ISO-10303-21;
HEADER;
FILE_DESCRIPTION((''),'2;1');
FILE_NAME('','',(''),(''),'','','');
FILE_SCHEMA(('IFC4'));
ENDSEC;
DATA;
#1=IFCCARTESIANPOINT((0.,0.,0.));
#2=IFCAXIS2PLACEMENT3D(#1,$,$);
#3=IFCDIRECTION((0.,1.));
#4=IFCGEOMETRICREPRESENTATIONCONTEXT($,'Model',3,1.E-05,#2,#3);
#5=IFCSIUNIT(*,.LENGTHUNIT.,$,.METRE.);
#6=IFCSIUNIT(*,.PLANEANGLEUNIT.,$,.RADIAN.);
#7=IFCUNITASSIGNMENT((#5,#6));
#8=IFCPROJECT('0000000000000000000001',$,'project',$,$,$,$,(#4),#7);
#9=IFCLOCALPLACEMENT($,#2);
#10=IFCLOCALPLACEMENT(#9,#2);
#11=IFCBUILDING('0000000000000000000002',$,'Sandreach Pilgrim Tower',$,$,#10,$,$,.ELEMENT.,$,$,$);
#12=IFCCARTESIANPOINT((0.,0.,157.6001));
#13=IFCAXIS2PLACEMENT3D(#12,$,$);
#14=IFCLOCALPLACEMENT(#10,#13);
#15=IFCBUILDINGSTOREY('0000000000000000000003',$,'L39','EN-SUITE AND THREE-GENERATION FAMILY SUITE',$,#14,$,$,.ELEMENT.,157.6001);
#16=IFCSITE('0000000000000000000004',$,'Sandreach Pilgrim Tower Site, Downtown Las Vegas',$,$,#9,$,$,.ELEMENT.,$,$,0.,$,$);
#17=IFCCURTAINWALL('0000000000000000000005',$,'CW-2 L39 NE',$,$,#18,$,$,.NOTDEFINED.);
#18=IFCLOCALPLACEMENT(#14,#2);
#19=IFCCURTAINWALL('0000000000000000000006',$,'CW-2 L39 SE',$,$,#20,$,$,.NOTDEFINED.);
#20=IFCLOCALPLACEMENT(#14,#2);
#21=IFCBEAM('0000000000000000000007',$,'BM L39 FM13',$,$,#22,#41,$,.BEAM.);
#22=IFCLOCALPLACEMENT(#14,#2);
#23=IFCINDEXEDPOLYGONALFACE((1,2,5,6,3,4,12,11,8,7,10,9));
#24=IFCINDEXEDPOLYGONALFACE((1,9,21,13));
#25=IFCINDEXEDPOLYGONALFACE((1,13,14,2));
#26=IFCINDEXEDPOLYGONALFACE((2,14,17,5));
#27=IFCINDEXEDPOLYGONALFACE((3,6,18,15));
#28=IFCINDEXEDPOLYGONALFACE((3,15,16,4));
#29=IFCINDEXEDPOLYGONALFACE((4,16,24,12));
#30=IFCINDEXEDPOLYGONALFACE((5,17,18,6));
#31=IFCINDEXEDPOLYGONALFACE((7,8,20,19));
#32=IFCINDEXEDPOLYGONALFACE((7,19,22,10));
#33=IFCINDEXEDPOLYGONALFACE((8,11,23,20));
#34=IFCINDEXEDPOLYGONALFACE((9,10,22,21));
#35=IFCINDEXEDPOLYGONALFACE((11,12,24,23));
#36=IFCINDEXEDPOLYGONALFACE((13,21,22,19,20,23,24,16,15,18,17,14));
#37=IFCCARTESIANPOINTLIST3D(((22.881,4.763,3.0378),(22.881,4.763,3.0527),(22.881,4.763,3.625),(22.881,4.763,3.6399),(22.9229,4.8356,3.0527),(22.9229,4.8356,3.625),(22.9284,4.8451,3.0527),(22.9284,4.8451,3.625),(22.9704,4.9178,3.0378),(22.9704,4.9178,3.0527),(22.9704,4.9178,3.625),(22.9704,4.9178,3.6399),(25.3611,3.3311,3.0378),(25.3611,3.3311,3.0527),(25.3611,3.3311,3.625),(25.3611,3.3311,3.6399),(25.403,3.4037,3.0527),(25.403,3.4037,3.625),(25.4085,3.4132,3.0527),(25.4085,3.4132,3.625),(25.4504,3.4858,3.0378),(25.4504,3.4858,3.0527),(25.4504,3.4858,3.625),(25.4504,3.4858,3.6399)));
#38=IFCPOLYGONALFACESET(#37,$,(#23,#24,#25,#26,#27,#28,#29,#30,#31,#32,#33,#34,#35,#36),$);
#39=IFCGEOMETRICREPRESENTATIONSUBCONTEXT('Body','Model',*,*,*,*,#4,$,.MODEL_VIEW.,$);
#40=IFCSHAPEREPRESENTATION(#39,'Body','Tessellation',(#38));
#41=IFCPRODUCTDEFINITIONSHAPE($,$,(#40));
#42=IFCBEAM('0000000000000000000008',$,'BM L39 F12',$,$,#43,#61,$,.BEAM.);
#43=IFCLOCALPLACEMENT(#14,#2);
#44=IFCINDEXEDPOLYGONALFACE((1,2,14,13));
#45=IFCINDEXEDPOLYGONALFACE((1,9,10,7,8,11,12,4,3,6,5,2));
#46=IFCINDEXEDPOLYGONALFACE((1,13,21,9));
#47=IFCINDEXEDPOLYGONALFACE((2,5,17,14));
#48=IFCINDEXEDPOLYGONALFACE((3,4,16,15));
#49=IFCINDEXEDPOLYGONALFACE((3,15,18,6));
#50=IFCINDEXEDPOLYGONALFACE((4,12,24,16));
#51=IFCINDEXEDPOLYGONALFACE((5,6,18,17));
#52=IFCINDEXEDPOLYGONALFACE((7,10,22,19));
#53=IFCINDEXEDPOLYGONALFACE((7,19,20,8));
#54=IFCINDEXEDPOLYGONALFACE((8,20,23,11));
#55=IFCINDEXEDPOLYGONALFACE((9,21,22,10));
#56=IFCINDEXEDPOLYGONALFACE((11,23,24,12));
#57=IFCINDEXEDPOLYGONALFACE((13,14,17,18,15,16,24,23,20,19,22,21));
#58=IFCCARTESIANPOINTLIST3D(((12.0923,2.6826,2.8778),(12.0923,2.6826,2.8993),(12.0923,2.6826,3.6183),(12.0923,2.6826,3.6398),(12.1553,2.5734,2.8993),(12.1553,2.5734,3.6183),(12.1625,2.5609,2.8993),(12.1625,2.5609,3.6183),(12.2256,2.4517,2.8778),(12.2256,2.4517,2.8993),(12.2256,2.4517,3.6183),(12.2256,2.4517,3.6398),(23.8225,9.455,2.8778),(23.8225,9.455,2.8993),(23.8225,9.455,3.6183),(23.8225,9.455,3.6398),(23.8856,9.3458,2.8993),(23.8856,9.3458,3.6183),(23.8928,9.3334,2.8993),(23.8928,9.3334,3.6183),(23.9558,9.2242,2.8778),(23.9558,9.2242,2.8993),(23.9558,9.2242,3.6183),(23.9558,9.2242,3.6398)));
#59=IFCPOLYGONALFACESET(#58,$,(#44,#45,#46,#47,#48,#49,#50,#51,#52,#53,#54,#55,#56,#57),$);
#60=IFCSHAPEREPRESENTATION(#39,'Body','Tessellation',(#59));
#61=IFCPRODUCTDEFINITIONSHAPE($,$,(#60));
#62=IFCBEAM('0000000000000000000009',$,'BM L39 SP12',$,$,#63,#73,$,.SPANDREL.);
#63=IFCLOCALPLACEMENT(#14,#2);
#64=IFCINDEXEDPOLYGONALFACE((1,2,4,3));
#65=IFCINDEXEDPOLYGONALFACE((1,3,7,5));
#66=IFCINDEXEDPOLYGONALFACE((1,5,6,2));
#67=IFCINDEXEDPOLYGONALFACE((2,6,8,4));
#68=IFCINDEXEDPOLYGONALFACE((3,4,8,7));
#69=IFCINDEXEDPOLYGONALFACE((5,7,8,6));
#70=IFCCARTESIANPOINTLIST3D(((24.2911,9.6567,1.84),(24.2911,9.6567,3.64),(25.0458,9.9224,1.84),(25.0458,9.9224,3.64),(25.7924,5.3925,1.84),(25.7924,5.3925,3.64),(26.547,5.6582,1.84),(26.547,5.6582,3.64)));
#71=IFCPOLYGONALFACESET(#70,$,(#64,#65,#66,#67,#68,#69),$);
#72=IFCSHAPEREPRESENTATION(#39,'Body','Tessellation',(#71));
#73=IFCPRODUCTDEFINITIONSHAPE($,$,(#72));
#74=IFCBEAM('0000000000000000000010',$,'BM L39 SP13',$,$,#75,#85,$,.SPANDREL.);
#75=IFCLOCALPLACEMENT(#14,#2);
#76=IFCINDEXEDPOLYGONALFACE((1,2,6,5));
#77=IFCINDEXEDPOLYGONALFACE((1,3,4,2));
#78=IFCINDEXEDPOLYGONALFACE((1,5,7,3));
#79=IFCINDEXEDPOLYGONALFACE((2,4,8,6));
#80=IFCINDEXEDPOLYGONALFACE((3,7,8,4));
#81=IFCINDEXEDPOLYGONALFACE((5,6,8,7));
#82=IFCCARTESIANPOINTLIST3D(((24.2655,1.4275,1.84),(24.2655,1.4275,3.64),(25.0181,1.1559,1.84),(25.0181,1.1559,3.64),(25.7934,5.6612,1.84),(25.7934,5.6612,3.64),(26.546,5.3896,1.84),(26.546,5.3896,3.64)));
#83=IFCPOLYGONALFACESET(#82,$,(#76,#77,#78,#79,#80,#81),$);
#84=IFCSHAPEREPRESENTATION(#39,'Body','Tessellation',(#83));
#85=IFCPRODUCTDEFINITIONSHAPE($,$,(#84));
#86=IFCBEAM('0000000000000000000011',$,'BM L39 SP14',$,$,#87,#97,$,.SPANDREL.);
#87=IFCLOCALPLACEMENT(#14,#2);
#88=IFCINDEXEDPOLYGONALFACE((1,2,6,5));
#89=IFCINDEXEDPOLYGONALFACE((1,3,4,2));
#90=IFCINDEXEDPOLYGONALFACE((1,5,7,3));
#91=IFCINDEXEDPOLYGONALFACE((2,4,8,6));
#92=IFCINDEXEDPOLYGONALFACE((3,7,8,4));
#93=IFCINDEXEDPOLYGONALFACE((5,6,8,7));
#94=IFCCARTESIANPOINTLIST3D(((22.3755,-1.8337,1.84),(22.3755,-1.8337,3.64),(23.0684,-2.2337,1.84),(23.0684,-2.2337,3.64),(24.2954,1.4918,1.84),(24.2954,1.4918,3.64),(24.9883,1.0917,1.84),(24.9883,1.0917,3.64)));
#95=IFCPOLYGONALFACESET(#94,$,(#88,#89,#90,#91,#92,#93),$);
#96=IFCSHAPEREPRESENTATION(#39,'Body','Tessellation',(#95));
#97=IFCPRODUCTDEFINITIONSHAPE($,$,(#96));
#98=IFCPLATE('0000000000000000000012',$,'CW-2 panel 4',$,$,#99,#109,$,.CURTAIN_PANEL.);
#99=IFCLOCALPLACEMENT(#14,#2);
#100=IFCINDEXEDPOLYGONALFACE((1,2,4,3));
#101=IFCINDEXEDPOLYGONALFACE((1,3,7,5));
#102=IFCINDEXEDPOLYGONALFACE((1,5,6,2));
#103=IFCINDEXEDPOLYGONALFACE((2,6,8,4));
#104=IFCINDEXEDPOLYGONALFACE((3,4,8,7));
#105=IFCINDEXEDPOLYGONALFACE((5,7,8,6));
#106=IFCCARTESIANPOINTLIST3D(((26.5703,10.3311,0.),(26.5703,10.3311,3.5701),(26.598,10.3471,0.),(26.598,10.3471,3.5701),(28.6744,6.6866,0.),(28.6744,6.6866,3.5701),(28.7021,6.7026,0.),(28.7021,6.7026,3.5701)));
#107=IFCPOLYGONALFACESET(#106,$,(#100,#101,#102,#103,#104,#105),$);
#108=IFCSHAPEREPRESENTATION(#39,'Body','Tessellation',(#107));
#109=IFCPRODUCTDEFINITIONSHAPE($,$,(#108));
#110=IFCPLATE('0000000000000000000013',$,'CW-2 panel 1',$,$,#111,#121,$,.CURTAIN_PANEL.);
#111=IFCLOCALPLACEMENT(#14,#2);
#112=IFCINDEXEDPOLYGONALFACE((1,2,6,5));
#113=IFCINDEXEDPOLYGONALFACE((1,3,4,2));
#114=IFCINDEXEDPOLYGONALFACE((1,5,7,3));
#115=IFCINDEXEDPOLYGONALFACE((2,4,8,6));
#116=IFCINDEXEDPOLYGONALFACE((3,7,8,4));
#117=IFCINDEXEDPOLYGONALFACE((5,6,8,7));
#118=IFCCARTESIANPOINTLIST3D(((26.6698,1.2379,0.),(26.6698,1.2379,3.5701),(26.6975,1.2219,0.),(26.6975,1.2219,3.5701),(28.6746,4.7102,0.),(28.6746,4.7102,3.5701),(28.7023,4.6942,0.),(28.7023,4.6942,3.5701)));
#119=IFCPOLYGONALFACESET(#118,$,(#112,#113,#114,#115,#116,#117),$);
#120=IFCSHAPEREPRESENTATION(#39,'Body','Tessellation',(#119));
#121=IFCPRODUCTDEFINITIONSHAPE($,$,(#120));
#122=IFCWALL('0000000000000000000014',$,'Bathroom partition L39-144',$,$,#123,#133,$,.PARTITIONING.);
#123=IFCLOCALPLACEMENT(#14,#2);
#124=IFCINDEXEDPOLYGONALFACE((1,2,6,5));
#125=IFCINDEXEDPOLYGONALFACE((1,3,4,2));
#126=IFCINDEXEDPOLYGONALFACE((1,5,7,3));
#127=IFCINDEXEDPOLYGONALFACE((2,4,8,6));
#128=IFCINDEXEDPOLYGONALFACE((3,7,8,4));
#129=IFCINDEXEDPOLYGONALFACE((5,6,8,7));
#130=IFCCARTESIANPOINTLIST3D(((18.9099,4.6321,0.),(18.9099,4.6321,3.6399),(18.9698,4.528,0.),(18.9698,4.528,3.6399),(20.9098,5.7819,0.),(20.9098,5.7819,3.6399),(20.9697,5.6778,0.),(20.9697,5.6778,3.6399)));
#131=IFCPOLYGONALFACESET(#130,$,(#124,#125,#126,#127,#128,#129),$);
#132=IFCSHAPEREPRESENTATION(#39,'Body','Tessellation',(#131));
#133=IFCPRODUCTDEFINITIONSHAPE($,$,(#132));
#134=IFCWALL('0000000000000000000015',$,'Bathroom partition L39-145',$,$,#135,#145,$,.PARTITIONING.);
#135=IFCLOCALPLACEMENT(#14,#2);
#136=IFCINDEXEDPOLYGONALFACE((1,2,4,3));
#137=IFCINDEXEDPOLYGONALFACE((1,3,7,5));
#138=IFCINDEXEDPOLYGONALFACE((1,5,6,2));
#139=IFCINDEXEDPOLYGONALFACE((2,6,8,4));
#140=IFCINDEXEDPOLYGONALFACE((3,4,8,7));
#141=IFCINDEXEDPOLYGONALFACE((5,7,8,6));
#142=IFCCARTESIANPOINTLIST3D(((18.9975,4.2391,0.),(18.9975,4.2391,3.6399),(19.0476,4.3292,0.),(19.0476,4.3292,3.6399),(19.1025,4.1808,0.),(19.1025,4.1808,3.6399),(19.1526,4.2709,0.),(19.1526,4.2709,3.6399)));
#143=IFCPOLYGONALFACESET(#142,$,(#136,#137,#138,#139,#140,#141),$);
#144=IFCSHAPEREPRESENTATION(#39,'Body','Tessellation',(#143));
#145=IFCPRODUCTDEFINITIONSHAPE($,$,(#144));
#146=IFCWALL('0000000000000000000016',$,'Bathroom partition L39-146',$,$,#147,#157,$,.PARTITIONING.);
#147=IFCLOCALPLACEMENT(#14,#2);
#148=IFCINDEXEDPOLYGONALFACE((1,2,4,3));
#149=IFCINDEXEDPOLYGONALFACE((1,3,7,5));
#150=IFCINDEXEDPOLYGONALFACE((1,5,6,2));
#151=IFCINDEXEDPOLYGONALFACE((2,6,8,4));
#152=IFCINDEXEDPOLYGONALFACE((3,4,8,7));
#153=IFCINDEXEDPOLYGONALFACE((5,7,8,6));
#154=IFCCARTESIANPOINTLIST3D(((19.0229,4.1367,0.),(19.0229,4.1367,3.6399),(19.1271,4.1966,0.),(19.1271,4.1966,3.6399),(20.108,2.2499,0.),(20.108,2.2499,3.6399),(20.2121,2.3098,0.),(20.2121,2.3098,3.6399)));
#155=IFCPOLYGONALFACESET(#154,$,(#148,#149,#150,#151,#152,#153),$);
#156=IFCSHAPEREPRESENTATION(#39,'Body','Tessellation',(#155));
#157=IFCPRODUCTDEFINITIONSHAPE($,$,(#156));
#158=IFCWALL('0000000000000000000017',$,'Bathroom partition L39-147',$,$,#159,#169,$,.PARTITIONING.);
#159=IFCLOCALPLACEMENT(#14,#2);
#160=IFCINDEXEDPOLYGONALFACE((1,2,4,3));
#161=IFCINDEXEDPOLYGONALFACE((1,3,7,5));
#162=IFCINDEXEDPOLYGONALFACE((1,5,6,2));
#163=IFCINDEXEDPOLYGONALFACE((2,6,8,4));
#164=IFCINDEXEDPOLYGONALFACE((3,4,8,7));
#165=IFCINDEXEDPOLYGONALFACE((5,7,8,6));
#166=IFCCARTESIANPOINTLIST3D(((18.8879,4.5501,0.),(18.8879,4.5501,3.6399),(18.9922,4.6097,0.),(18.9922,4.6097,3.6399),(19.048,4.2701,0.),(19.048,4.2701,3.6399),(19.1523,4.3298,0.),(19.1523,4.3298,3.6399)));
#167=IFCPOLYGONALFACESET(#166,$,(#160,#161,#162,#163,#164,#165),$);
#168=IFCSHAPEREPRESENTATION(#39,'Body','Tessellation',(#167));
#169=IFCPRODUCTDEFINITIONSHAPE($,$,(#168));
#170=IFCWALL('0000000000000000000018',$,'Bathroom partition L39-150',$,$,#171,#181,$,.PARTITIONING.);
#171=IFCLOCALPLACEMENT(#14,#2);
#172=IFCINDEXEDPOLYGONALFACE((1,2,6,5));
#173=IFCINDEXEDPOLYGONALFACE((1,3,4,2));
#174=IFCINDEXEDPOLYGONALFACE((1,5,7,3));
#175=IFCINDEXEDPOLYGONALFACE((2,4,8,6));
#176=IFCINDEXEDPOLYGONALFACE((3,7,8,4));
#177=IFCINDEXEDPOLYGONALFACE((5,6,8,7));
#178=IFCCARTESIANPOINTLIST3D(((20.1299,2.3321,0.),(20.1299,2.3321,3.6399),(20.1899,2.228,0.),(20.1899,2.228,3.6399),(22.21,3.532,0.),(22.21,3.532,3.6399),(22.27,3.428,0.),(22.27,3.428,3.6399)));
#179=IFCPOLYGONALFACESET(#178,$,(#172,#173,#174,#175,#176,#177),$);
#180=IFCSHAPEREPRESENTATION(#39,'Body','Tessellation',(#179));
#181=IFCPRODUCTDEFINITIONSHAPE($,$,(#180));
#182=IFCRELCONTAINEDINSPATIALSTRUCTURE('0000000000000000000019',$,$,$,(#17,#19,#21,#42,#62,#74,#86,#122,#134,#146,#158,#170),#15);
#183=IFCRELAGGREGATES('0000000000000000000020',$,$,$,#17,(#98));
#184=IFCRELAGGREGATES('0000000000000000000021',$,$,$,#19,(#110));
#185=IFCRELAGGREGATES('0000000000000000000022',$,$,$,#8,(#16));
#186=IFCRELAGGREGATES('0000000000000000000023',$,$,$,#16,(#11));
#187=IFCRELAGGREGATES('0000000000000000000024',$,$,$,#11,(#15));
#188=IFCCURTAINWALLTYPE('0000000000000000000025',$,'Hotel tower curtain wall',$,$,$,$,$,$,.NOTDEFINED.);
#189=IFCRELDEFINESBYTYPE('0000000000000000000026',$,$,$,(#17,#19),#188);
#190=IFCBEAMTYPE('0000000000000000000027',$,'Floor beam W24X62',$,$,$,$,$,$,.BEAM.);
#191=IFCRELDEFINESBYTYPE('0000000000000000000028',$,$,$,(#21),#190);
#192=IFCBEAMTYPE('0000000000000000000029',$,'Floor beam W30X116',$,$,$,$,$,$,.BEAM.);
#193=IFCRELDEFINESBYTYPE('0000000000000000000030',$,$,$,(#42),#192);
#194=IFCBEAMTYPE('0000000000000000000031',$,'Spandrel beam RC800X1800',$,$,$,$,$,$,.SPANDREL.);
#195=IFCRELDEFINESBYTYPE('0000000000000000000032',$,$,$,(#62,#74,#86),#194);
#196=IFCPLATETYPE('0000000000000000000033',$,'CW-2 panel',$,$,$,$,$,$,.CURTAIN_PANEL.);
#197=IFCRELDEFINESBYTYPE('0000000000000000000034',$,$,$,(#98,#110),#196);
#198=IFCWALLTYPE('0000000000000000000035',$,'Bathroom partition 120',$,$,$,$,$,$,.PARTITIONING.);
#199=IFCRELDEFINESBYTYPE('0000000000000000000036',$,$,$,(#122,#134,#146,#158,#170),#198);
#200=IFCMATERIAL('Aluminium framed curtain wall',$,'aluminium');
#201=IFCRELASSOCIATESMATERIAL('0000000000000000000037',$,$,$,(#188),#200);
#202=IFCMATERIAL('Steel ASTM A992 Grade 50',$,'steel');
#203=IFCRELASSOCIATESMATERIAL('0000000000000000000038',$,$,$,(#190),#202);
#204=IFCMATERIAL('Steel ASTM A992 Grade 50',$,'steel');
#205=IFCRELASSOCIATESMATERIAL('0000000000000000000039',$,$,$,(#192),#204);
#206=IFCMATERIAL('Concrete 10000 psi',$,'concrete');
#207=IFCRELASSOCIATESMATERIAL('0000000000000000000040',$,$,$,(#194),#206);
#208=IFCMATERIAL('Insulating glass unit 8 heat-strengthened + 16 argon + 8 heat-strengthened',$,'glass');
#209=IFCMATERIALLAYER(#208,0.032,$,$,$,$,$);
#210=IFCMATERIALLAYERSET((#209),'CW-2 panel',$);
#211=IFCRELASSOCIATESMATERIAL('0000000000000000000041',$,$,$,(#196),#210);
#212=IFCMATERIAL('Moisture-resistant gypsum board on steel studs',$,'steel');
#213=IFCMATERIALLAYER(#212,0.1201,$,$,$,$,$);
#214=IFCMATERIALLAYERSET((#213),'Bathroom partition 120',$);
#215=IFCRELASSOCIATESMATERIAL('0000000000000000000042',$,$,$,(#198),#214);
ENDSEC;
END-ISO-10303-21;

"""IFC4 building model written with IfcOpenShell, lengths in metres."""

from ifc_helpers import new_model, si_unit, direction, frame, frame_2d, origin, origin_2d, place, context, subcontext, project, spatial, rectangle, i_section, extrude, material, layer, layer_set, material_profile, profile_set, type_object, element, aggregate, save


model = new_model("IFC4")

# Units and contexts
model_context = context("Model", 3, precision=1e-05, world=origin(), true_north=direction((0.0, 1.0)))
body_context = subcontext(model_context, "Body", "Model", "MODEL_VIEW")
ifc_project = project(units=[si_unit("LENGTHUNIT", "METRE"), si_unit("PLANEANGLEUNIT", "RADIAN")], contexts=[model_context])

# Site, building, storey
site_placement = place(None, origin())
site = spatial("IfcSite", under=ifc_project, at=site_placement, Name="Sandreach Pilgrim Tower Site, Downtown Las Vegas", CompositionType="ELEMENT", RefElevation=0.0)
building_placement = place(site_placement, origin())
building = spatial("IfcBuilding", under=site, at=building_placement, Name="Sandreach Pilgrim Tower", CompositionType="ELEMENT")
storey_placement = place(building_placement, frame((0.0, 0.0, 157.6001)))
storey = spatial("IfcBuildingStorey", under=building, at=storey_placement, Name="L39", Description="EN-SUITE AND THREE-GENERATION FAMILY SUITE", CompositionType="ELEMENT", Elevation=157.6001)

# Curtain wall
ifc_material_1 = material(Name="Aluminium framed curtain wall", Category="aluminium")
curtain_wall_type = type_object("IfcCurtainWallType", Name="Hotel tower curtain wall", PredefinedType="NOTDEFINED", material=ifc_material_1)
curtain_wall_1_placement = place(storey_placement, origin())
curtain_wall_1 = element("IfcCurtainWall", 1, at=curtain_wall_1_placement, inside=storey, type_object=curtain_wall_type, Name="CW-2 L39 NE", PredefinedType="NOTDEFINED")

# Curtain wall
curtain_wall_2_placement = place(storey_placement, origin())
curtain_wall_2 = element("IfcCurtainWall", 2, at=curtain_wall_2_placement, inside=storey, type_object=curtain_wall_type, Name="CW-2 L39 SE", PredefinedType="NOTDEFINED")

# Beams
ifc_material_2 = material(Name="Steel ASTM A992 Grade 50", Category="steel")
ifc_material_profile_1 = material_profile(ifc_material_2, i_section(OverallWidth=0.1787, OverallDepth=0.6021, WebThickness=0.011, FlangeThickness=0.0149, at=origin_2d()), Name="W24X62")
ifc_profile_set_1 = profile_set([ifc_material_profile_1], Name="Steel ASTM A992 Grade 50")
beam_type_1 = type_object("IfcBeamType", Name="Floor beam W24X62", PredefinedType="BEAM", material=ifc_profile_set_1)
beam_1_placement = place(storey_placement, frame((25.4058, 3.4084, 3.3389), z_axis=(-0.866015, 0.500018, 0.0), x_axis=(-0.500018, -0.866015, 0.0)))
element("IfcBeam", 3, at=beam_1_placement, inside=storey, type_object=beam_type_1, Name="BM L39 FM13", PredefinedType="BEAM", context=body_context, shape_type="SweptSolid", body=[
    extrude(i_section(OverallWidth=0.1787, OverallDepth=0.6021, WebThickness=0.011, FlangeThickness=0.0149, at=origin_2d()), origin(), (0.0, 0.0, 1.0), 2.8638),
])
ifc_material_3 = material(Name="Steel ASTM A992 Grade 50", Category="steel")
ifc_material_profile_2 = material_profile(ifc_material_3, i_section(OverallWidth=0.2666, OverallDepth=0.762, WebThickness=0.0144, FlangeThickness=0.0215, at=origin_2d()), Name="W30X116")
ifc_profile_set_2 = profile_set([ifc_material_profile_2], Name="Steel ASTM A992 Grade 50")
beam_type_2 = type_object("IfcBeamType", Name="Floor beam W30X116", PredefinedType="BEAM", material=ifc_profile_set_2)
beam_2_placement = place(storey_placement, frame((23.8892, 9.3396, 3.2588), z_axis=(-0.866025, -0.500001, 0.0), x_axis=(0.500001, -0.866025, 0.0)))
element("IfcBeam", 4, at=beam_2_placement, inside=storey, type_object=beam_type_2, Name="BM L39 F12", PredefinedType="BEAM", context=body_context, shape_type="SweptSolid", body=[
    extrude(i_section(OverallWidth=0.2666, OverallDepth=0.762, WebThickness=0.0144, FlangeThickness=0.0215, at=origin_2d()), origin(), (0.0, 0.0, 1.0), 13.5449),
])
ifc_material_4 = material(Name="Concrete 10000 psi", Category="concrete")
ifc_material_profile_3 = material_profile(ifc_material_4, rectangle(XDim=0.8, YDim=1.8, at=origin_2d()), Name="RC800X1800")
ifc_profile_set_3 = profile_set([ifc_material_profile_3], Name="Concrete 10000 psi")
beam_type_3 = type_object("IfcBeamType", Name="Spandrel beam RC800X1800", PredefinedType="SPANDREL", material=ifc_profile_set_3)
beam_3_placement = place(storey_placement, frame((24.6685, 9.7896, 2.74), z_axis=(0.332077, -0.943252, 0.0), x_axis=(0.943252, 0.332077, 0.0)))
element("IfcBeam", 5, at=beam_3_placement, inside=storey, type_object=beam_type_3, Name="BM L39 SP12", PredefinedType="SPANDREL", context=body_context, shape_type="SweptSolid", body=[
    extrude(rectangle(XDim=0.8, YDim=1.8, at=origin_2d()), origin(), (0.0, 0.0, 1.0), 4.5208),
])
beam_4_placement = place(storey_placement, frame((26.1697, 5.5254, 2.74), z_axis=(-0.339451, -0.940624, 0.0), x_axis=(0.940624, -0.339451, 0.0)))
element("IfcBeam", 6, at=beam_4_placement, inside=storey, type_object=beam_type_3, Name="BM L39 SP13", PredefinedType="SPANDREL", context=body_context, shape_type="SweptSolid", body=[
    extrude(rectangle(XDim=0.8, YDim=1.8, at=origin_2d()), origin(), (0.0, 0.0, 1.0), 4.501),
])
beam_5_placement = place(storey_placement, frame((24.6418, 1.2917, 2.74), z_axis=(-0.499996, -0.866028, 0.0), x_axis=(0.866028, -0.499996, 0.0)))
element("IfcBeam", 7, at=beam_5_placement, inside=storey, type_object=beam_type_3, Name="BM L39 SP14", PredefinedType="SPANDREL", context=body_context, shape_type="SweptSolid", body=[
    extrude(rectangle(XDim=0.8, YDim=1.8, at=origin_2d()), origin(), (0.0, 0.0, 1.0), 3.8398),
])

# Plates
ifc_material_5 = material(Name="Insulating glass unit 8 heat-strengthened + 16 argon + 8 heat-strengthened", Category="glass")
ifc_layer_1 = layer(ifc_material_5, 0.032)
ifc_layer_set_1 = layer_set([ifc_layer_1], Name="CW-2 panel")
plate_type = type_object("IfcPlateType", Name="CW-2 panel", PredefinedType="CURTAIN_PANEL", material=ifc_layer_set_1)
plate_1_placement = place(storey_placement, frame((27.6362, 8.5168, 0.0), z_axis=(0.0, 0.0, 1.0), x_axis=(0.5, -0.866025, 0.0)))
plate_1 = element("IfcPlate", 8, at=plate_1_placement, type_object=plate_type, Name="CW-2 panel 4", PredefinedType="CURTAIN_PANEL", context=body_context, shape_type="SweptSolid", body=[
    extrude(rectangle(XDim=4.2083, YDim=0.032, at=origin_2d()), origin(), (0.0, 0.0, 1.0), 3.5701),
])
aggregate(curtain_wall_1, [plate_1])
plate_2_placement = place(storey_placement, frame((27.686, 2.9661, 0.0), z_axis=(0.0, 0.0, 1.0), x_axis=(-0.5, -0.866025, 0.0)))
plate_2 = element("IfcPlate", 9, at=plate_2_placement, type_object=plate_type, Name="CW-2 panel 1", PredefinedType="CURTAIN_PANEL", context=body_context, shape_type="SweptSolid", body=[
    extrude(rectangle(XDim=4.0095, YDim=0.032, at=origin_2d()), origin(), (0.0, 0.0, 1.0), 3.5701),
])
aggregate(curtain_wall_2, [plate_2])

# Walls
ifc_material_6 = material(Name="Moisture-resistant gypsum board on steel studs", Category="steel")
ifc_layer_2 = layer(ifc_material_6, 0.1201)
ifc_layer_set_2 = layer_set([ifc_layer_2], Name="Bathroom partition 120")
wall_type_1 = type_object("IfcWallType", Name="Bathroom partition 120", PredefinedType="PARTITIONING", material=ifc_layer_set_2)
wall_1_placement = place(storey_placement, frame((18.9399, 4.5801, 0.0), z_axis=(0.0, 0.0, 1.0), x_axis=(0.866925, 0.498439, 0.0)))
element("IfcWall", 10, at=wall_1_placement, inside=storey, type_object=wall_type_1, Name="Bathroom partition L39-144", PredefinedType="PARTITIONING", context=body_context, shape_type="SweptSolid", body=[
    extrude(rectangle(XDim=2.3069, YDim=0.1201, at=frame_2d((1.1533, 0.0))), origin(), (0.0, 0.0, 1.0), 3.6399),
])
wall_2_placement = place(storey_placement, frame((19.05, 4.21, 0.0), z_axis=(0.0, 0.0, 1.0), x_axis=(0.485643, 0.874157, 0.0)))
element("IfcWall", 11, at=wall_2_placement, inside=storey, type_object=wall_type_1, Name="Bathroom partition L39-145", PredefinedType="PARTITIONING", context=body_context, shape_type="SweptSolid", body=[
    extrude(rectangle(XDim=0.103, YDim=0.1201, at=frame_2d((0.0515, 0.0))), origin(), (0.0, 0.0, 1.0), 3.6399),
])
wall_3_placement = place(storey_placement, frame((19.075, 4.1667, 0.0), z_axis=(0.0, 0.0, 1.0), x_axis=(0.498505, -0.866887, 0.0)))
element("IfcWall", 12, at=wall_3_placement, inside=storey, type_object=wall_type_1, Name="Bathroom partition L39-146", PredefinedType="PARTITIONING", context=body_context, shape_type="SweptSolid", body=[
    extrude(rectangle(XDim=2.1765, YDim=0.1201, at=frame_2d((1.0884, 0.0))), origin(), (0.0, 0.0, 1.0), 3.6399),
])
wall_4_placement = place(storey_placement, frame((19.1001, 4.3, 0.0), z_axis=(0.0, 0.0, 1.0), x_axis=(-0.496465, 0.868057, 0.0)))
element("IfcWall", 13, at=wall_4_placement, inside=storey, type_object=wall_type_1, Name="Bathroom partition L39-147", PredefinedType="PARTITIONING", context=body_context, shape_type="SweptSolid", body=[
    extrude(rectangle(XDim=0.3225, YDim=0.1201, at=frame_2d((0.1611, 0.0))), origin(), (0.0, 0.0, 1.0), 3.6399),
])
wall_5_placement = place(storey_placement, frame((20.1599, 2.28, 0.0), z_axis=(0.0, 0.0, 1.0), x_axis=(0.866203, 0.499693, 0.0)))
element("IfcWall", 14, at=wall_5_placement, inside=storey, type_object=wall_type_1, Name="Bathroom partition L39-150", PredefinedType="PARTITIONING", context=body_context, shape_type="SweptSolid", body=[
    extrude(rectangle(XDim=2.4014, YDim=0.1201, at=frame_2d((1.2007, 0.0))), origin(), (0.0, 0.0, 1.0), 3.6399),
])

save(model, "model.ifc")
